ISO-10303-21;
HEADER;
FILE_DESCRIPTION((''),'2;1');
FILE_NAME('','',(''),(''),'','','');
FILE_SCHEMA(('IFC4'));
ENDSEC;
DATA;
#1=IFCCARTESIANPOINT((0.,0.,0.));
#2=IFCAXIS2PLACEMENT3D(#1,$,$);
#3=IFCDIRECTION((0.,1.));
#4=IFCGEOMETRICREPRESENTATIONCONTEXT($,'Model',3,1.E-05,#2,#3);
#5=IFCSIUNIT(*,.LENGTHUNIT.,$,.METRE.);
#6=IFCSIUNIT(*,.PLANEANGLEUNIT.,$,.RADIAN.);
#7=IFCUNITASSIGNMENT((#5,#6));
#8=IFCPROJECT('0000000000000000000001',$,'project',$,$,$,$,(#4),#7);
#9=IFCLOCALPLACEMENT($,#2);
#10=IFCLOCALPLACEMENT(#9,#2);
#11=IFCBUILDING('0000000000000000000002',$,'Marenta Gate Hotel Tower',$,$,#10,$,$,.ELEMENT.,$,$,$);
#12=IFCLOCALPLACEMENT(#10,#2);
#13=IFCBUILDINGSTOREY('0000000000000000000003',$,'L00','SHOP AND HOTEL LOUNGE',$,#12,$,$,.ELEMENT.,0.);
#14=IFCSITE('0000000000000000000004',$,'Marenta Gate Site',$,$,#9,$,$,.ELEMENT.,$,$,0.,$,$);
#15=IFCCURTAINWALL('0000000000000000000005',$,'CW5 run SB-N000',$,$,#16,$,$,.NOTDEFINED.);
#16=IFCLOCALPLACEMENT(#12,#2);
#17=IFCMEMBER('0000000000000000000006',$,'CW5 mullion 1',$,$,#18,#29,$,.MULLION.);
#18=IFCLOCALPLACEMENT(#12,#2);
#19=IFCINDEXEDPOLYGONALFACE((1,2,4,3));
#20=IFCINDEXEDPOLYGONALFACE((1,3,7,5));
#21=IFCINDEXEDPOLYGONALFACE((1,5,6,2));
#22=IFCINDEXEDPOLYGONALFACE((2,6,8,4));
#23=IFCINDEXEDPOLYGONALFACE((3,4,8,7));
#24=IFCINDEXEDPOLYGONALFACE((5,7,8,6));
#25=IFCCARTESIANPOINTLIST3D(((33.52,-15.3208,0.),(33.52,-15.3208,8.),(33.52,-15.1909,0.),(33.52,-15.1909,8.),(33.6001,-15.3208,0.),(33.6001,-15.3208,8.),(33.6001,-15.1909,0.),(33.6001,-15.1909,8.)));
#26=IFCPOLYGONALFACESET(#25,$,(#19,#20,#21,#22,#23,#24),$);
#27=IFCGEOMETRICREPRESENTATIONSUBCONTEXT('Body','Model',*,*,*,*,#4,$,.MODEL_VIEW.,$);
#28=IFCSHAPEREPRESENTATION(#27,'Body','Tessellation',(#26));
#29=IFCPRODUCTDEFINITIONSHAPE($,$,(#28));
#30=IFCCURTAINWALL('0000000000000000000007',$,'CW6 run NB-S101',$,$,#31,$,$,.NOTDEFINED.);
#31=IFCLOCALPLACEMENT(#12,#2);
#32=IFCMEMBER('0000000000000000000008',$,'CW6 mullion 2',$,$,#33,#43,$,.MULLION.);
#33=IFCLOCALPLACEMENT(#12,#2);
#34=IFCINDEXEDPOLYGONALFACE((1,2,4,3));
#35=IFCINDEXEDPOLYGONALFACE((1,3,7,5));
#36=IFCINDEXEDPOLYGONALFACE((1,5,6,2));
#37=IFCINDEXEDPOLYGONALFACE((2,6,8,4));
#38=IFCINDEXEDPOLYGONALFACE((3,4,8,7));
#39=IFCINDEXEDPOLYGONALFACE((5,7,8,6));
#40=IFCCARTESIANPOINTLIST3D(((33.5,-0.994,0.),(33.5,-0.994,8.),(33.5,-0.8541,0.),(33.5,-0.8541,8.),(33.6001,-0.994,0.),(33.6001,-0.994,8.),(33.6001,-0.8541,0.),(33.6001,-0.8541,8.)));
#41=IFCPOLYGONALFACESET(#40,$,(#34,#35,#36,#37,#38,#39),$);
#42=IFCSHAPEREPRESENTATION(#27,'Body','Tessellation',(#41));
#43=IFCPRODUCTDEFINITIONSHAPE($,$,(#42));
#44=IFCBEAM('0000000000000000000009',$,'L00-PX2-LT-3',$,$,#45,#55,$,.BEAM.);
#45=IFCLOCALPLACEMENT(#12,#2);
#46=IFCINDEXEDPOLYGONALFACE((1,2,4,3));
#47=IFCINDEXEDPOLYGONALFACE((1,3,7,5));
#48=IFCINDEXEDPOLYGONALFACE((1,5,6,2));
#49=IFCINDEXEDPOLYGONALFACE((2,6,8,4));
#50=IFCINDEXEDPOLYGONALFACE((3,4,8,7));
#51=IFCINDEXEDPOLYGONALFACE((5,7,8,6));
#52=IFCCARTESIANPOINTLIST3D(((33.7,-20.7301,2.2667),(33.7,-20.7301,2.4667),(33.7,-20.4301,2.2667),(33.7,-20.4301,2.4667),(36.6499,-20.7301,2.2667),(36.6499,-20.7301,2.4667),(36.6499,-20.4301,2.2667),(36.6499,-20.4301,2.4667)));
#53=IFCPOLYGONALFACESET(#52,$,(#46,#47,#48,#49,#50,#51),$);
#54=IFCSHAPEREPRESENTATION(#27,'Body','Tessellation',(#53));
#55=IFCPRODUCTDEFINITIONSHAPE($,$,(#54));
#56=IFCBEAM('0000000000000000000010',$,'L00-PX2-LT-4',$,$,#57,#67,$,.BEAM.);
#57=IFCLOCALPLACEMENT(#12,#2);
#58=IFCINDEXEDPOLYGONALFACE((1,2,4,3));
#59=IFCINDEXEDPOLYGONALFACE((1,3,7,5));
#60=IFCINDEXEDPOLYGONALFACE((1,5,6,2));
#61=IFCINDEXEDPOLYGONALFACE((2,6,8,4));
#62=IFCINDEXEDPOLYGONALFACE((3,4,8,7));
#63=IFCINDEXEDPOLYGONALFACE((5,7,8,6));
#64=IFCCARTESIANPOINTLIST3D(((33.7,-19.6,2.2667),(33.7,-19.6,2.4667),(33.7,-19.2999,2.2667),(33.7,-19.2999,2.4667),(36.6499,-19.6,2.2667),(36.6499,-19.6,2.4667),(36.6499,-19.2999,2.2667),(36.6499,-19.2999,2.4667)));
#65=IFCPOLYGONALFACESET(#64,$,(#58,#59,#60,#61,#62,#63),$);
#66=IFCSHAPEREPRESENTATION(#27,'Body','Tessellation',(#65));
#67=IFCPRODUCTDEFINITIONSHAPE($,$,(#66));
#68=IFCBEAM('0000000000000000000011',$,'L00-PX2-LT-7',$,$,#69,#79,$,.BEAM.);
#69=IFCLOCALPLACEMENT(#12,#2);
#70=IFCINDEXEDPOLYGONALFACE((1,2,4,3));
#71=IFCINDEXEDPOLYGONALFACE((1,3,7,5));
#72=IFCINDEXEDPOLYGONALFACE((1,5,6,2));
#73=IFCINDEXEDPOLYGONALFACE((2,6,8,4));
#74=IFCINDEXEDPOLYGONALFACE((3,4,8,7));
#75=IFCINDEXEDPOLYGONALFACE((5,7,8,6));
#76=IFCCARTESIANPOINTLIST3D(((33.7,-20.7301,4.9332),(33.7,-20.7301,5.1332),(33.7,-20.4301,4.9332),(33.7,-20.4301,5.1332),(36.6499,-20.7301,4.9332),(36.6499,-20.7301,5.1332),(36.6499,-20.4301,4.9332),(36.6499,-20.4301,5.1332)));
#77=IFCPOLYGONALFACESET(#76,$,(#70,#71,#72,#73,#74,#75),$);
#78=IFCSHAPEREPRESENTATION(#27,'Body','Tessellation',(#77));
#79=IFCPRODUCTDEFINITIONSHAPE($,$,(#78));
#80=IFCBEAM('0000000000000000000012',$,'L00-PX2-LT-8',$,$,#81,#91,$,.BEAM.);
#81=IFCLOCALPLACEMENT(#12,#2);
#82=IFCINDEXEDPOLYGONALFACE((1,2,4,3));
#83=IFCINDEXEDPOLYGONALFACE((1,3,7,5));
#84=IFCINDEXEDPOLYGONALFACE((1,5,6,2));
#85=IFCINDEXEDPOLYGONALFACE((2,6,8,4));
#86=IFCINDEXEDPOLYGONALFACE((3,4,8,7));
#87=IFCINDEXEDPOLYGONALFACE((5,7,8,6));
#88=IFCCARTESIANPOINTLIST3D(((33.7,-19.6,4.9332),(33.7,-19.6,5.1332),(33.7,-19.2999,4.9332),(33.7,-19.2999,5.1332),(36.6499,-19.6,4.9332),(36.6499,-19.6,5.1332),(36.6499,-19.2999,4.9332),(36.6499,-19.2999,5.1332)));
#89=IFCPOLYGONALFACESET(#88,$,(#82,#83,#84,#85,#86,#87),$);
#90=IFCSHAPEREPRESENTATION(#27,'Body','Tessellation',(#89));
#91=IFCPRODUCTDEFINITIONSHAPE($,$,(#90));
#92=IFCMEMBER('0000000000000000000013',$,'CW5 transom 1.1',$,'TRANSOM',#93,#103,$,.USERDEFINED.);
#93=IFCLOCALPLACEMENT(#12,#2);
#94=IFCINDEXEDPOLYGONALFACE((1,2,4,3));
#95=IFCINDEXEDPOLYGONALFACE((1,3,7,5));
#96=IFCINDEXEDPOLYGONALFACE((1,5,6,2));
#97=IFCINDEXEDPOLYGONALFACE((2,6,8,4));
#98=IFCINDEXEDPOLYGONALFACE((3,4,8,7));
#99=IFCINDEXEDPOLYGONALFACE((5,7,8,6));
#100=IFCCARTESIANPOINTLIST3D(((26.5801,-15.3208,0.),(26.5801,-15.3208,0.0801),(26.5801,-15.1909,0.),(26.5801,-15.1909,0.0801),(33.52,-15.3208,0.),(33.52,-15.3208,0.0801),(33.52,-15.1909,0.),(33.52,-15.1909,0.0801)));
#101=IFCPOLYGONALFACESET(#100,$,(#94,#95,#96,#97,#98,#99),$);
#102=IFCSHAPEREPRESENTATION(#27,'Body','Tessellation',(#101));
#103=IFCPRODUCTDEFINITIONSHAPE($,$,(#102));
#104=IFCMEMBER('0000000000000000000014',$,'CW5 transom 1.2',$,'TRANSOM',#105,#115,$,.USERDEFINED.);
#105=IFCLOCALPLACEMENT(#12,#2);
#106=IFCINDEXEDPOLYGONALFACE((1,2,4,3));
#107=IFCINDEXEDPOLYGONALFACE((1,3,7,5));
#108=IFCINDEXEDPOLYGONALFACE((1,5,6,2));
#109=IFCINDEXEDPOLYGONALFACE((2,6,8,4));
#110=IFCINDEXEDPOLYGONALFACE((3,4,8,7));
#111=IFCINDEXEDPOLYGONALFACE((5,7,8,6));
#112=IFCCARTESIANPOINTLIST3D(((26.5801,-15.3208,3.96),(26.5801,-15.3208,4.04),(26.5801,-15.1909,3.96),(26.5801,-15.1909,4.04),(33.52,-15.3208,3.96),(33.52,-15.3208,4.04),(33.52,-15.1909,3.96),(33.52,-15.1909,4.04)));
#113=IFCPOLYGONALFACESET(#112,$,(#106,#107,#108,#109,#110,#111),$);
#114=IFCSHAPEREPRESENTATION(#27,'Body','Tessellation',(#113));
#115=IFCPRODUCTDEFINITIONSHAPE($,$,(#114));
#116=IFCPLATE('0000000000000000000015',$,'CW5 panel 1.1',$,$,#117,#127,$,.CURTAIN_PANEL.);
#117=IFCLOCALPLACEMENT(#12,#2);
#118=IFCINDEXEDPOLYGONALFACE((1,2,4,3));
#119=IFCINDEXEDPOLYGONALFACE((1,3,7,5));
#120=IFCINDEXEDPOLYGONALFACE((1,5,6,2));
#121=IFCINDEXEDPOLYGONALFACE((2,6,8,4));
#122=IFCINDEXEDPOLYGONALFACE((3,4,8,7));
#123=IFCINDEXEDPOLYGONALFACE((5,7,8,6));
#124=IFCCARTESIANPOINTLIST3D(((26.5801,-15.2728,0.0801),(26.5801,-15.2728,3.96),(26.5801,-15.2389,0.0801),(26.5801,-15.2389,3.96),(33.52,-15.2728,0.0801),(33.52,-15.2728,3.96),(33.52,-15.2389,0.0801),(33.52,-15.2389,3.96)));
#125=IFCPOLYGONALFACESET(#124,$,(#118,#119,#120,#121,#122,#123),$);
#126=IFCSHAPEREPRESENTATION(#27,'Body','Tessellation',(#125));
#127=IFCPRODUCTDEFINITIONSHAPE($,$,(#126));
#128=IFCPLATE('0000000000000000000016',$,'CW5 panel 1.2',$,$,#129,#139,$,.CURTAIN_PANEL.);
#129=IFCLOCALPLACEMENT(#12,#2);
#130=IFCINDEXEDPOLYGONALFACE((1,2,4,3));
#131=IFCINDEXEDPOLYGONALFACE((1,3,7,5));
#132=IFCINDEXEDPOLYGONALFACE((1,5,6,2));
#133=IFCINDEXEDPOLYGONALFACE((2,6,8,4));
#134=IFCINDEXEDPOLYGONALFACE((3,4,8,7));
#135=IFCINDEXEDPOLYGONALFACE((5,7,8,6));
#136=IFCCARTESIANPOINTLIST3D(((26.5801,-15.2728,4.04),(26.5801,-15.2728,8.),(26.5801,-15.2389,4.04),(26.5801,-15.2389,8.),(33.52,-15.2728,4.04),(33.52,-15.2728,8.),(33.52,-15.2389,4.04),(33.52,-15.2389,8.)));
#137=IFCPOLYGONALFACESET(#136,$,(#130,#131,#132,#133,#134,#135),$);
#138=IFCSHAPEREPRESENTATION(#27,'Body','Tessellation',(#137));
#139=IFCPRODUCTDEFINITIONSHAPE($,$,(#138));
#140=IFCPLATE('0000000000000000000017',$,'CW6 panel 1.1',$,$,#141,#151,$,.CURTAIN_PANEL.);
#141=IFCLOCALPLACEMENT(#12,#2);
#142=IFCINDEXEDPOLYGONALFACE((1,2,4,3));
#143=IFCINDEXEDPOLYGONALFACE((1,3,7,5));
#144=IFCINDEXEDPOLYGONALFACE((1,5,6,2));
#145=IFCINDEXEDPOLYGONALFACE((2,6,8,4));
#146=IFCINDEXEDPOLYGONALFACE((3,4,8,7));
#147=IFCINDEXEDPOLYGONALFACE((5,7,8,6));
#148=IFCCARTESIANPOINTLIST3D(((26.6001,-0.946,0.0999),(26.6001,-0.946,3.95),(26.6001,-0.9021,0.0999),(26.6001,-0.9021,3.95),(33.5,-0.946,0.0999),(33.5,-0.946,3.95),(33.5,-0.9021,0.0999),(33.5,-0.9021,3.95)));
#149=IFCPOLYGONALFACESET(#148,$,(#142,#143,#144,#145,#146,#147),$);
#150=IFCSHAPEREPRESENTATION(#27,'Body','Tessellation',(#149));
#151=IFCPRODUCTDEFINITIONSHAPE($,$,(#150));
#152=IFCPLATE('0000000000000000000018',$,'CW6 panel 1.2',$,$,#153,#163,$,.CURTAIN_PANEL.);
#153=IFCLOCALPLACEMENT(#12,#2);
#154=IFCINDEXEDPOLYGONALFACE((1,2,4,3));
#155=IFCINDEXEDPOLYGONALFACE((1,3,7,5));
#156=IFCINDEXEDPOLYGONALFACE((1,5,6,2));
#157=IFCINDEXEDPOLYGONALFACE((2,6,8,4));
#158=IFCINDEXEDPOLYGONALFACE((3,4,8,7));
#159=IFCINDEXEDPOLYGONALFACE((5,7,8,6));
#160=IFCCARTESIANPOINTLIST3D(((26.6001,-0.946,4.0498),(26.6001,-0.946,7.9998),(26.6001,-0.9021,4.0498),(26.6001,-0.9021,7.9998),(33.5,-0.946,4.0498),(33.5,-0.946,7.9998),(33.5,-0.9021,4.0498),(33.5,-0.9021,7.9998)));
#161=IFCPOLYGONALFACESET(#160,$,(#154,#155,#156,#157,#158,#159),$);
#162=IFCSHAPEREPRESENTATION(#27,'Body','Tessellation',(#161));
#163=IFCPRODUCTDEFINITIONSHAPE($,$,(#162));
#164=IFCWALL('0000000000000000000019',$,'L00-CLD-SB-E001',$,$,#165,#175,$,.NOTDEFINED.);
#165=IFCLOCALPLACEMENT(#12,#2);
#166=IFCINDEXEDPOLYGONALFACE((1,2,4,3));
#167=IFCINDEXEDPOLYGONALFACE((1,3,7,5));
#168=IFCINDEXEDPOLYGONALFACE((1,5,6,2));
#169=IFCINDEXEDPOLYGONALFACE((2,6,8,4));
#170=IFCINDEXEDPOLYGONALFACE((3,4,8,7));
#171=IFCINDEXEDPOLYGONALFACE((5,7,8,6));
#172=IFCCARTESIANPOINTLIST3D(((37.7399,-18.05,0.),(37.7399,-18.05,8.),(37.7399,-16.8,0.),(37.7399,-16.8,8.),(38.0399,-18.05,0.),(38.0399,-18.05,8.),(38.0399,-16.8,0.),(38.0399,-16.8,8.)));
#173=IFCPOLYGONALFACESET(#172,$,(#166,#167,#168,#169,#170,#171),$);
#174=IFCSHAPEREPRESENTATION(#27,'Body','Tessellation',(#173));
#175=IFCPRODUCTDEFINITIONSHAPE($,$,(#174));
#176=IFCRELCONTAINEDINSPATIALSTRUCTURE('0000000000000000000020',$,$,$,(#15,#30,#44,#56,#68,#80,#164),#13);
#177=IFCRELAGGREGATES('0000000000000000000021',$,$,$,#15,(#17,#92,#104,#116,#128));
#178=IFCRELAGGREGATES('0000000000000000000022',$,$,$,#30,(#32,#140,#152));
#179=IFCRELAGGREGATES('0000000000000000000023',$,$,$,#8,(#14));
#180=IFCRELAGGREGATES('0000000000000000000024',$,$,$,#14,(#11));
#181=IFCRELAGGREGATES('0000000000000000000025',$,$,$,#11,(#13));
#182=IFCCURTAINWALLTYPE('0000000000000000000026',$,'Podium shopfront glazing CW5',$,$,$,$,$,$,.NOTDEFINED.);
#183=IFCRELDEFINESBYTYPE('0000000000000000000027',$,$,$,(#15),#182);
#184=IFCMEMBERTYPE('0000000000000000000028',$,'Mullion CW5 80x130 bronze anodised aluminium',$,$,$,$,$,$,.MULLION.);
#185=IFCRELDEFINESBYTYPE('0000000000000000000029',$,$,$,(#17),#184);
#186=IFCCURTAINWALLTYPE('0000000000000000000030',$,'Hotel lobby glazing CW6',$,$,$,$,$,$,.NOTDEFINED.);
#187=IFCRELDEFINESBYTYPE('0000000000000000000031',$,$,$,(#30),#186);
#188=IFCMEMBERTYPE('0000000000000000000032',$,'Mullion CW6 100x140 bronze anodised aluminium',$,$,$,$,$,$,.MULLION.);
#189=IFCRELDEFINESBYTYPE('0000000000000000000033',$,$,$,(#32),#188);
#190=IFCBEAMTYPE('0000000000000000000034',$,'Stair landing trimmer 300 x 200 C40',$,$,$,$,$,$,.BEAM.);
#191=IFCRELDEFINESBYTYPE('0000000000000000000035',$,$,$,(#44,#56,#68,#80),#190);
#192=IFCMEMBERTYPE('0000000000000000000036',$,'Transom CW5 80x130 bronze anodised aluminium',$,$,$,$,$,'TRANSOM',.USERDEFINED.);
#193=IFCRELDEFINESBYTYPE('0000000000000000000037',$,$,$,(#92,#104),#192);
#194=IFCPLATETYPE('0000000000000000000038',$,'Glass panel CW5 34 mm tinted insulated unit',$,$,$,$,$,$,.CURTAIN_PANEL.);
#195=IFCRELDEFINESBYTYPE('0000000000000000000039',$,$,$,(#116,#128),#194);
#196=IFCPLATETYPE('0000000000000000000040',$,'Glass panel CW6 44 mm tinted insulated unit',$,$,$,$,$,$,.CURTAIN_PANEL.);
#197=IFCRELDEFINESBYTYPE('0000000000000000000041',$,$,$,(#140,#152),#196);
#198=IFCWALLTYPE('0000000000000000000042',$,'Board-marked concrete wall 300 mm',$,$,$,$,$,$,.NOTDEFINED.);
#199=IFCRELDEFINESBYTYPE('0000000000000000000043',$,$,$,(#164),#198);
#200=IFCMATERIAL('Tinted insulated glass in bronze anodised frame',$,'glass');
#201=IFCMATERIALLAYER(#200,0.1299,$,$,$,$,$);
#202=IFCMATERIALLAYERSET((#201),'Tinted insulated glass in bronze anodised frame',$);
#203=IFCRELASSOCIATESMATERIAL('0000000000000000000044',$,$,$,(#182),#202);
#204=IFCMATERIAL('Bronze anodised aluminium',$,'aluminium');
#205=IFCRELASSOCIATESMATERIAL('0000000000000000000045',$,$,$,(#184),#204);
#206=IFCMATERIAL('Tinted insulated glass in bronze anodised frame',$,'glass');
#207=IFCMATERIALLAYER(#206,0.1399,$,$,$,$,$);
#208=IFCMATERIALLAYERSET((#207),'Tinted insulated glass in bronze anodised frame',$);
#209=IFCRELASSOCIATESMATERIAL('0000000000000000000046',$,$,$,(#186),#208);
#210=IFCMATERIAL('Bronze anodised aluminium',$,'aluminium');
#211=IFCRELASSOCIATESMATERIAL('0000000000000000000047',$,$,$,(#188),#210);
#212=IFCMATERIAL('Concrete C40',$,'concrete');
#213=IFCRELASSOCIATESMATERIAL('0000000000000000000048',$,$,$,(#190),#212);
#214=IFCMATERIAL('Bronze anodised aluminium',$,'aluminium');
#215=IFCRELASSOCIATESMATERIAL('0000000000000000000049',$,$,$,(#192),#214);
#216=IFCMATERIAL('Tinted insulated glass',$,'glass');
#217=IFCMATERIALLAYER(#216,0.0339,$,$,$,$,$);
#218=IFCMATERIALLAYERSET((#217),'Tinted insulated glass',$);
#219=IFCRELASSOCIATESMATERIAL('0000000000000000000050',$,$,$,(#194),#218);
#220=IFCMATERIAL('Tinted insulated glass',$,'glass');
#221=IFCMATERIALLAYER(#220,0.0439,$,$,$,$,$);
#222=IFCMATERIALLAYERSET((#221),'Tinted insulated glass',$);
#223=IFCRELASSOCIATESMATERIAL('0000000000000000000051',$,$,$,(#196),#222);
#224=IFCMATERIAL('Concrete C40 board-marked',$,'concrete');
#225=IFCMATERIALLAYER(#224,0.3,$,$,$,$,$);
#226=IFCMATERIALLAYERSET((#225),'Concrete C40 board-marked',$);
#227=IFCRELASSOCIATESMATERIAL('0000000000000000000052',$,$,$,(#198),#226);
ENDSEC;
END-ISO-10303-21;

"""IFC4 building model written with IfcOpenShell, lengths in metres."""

from ifc_helpers import new_model, si_unit, direction, frame, frame_2d, origin, origin_2d, place, context, subcontext, project, spatial, rectangle, extrude, material, layer, layer_set, material_profile, profile_set, type_object, element, aggregate, save


model = new_model("IFC4")

# Units and contexts
model_context = context("Model", 3, precision=1e-05, world=origin(), true_north=direction((0.0, 1.0)))
body_context = subcontext(model_context, "Body", "Model", "MODEL_VIEW")
ifc_project = project(units=[si_unit("LENGTHUNIT", "METRE"), si_unit("PLANEANGLEUNIT", "RADIAN")], contexts=[model_context])

# Site, building, storey
site_placement = place(None, origin())
site = spatial("IfcSite", under=ifc_project, at=site_placement, Name="Marenta Gate Site", CompositionType="ELEMENT", RefElevation=0.0)
building_placement = place(site_placement, origin())
building = spatial("IfcBuilding", under=site, at=building_placement, Name="Marenta Gate Hotel Tower", CompositionType="ELEMENT")
storey_placement = place(building_placement, origin())
storey = spatial("IfcBuildingStorey", under=building, at=storey_placement, Name="L00", Description="SHOP AND HOTEL LOUNGE", CompositionType="ELEMENT", Elevation=0.0)

# Curtain walls, members
ifc_material_1 = material(Name="Tinted insulated glass in bronze anodised frame", Category="glass")
ifc_layer_1 = layer(ifc_material_1, 0.1299)
ifc_layer_set_1 = layer_set([ifc_layer_1], Name="Tinted insulated glass in bronze anodised frame")
curtain_wall_type_1 = type_object("IfcCurtainWallType", Name="Podium shopfront glazing CW5", PredefinedType="NOTDEFINED", material=ifc_layer_set_1)
curtain_wall_1_placement = place(storey_placement, origin())
curtain_wall_1 = element("IfcCurtainWall", 1, at=curtain_wall_1_placement, inside=storey, type_object=curtain_wall_type_1, Name="CW5 run SB-N000", PredefinedType="NOTDEFINED")
ifc_material_2 = material(Name="Bronze anodised aluminium", Category="aluminium")
ifc_material_profile_1 = material_profile(ifc_material_2, rectangle(XDim=0.1299, YDim=0.0801, at=origin_2d()), Name="Mullion CW5 80x130 bronze anodised aluminium")
ifc_profile_set_1 = profile_set([ifc_material_profile_1], Name="Bronze anodised aluminium")
member_type_1 = type_object("IfcMemberType", Name="Mullion CW5 80x130 bronze anodised aluminium", PredefinedType="MULLION", material=ifc_profile_set_1)
member_1_placement = place(storey_placement, frame((33.5601, -15.2559, 0.0), z_axis=(0.0, 0.0, 1.0), x_axis=(0.0, -1.0, 0.0)))
member_1 = element("IfcMember", 2, at=member_1_placement, type_object=member_type_1, Name="CW5 mullion 1", PredefinedType="MULLION", context=body_context, shape_type="SweptSolid", body=[
    extrude(rectangle(XDim=0.1299, YDim=0.0801, at=origin_2d()), origin(), (0.0, 0.0, 1.0), 8.0),
])
ifc_material_3 = material(Name="Tinted insulated glass in bronze anodised frame", Category="glass")
ifc_layer_2 = layer(ifc_material_3, 0.1399)
ifc_layer_set_2 = layer_set([ifc_layer_2], Name="Tinted insulated glass in bronze anodised frame")
curtain_wall_type_2 = type_object("IfcCurtainWallType", Name="Hotel lobby glazing CW6", PredefinedType="NOTDEFINED", material=ifc_layer_set_2)
curtain_wall_2_placement = place(storey_placement, origin())
curtain_wall_2 = element("IfcCurtainWall", 3, at=curtain_wall_2_placement, inside=storey, type_object=curtain_wall_type_2, Name="CW6 run NB-S101", PredefinedType="NOTDEFINED")
ifc_material_4 = material(Name="Bronze anodised aluminium", Category="aluminium")
ifc_material_profile_2 = material_profile(ifc_material_4, rectangle(XDim=0.1399, YDim=0.1001, at=origin_2d()), Name="Mullion CW6 100x140 bronze anodised aluminium")
ifc_profile_set_2 = profile_set([ifc_material_profile_2], Name="Bronze anodised aluminium")
member_type_2 = type_object("IfcMemberType", Name="Mullion CW6 100x140 bronze anodised aluminium", PredefinedType="MULLION", material=ifc_profile_set_2)
member_2_placement = place(storey_placement, frame((33.55, -0.9241, 0.0), z_axis=(0.0, 0.0, 1.0), x_axis=(0.0, 1.0, 0.0)))
member_2 = element("IfcMember", 4, at=member_2_placement, type_object=member_type_2, Name="CW6 mullion 2", PredefinedType="MULLION", context=body_context, shape_type="SweptSolid", body=[
    extrude(rectangle(XDim=0.1399, YDim=0.1001, at=origin_2d()), origin(), (0.0, 0.0, 1.0), 8.0),
])

# Beams
ifc_material_5 = material(Name="Concrete C40", Category="concrete")
ifc_material_profile_3 = material_profile(ifc_material_5, rectangle(XDim=0.3, YDim=0.2, at=origin_2d()), Name="300 x 200")
ifc_profile_set_3 = profile_set([ifc_material_profile_3], Name="Concrete C40")
beam_type_1 = type_object("IfcBeamType", Name="Stair landing trimmer 300 x 200 C40", PredefinedType="BEAM", material=ifc_profile_set_3)
for number, where, z_axis, x_axis, name in (
    (5, (33.7, -20.5801, 2.3667), (1.0, 0.0, 0.0), (0.0, 1.0, 0.0), "L00-PX2-LT-3"),
    (6, (33.7, -19.45, 2.3667), (1.0, 0.0, 0.0), (0.0, 1.0, 0.0), "L00-PX2-LT-4"),
    (7, (33.7, -20.5801, 5.0332), (1.0, 0.0, 0.0), (0.0, 1.0, 0.0), "L00-PX2-LT-7"),
    (8, (33.7, -19.45, 5.0332), (1.0, 0.0, 0.0), (0.0, 1.0, 0.0), "L00-PX2-LT-8"),
):
    element("IfcBeam", number, at=place(storey_placement, frame(where, z_axis=z_axis, x_axis=x_axis)), inside=storey, type_object=beam_type_1, Name=name, PredefinedType="BEAM", context=body_context, shape_type="SweptSolid", body=[
        extrude(rectangle(XDim=0.3, YDim=0.2, at=origin_2d()), origin(), (0.0, 0.0, 1.0), 2.95),
    ])

# Members
ifc_material_6 = material(Name="Bronze anodised aluminium", Category="aluminium")
ifc_material_profile_4 = material_profile(ifc_material_6, rectangle(XDim=0.1299, YDim=0.0801, at=origin_2d()), Name="Transom CW5 80x130 bronze anodised aluminium")
ifc_profile_set_4 = profile_set([ifc_material_profile_4], Name="Bronze anodised aluminium")
member_type_3 = type_object("IfcMemberType", Name="Transom CW5 80x130 bronze anodised aluminium", ElementType="TRANSOM", PredefinedType="USERDEFINED", material=ifc_profile_set_4)
member_3_placement = place(storey_placement, frame((33.52, -15.2559, 0.04), z_axis=(-1.0, 0.0, 0.0), x_axis=(0.0, -1.0, 0.0)))
member_3 = element("IfcMember", 9, at=member_3_placement, type_object=member_type_3, Name="CW5 transom 1.1", ObjectType="TRANSOM", PredefinedType="USERDEFINED", context=body_context, shape_type="SweptSolid", body=[
    extrude(rectangle(XDim=0.1299, YDim=0.0801, at=origin_2d()), origin(), (0.0, 0.0, 1.0), 6.9399),
])
member_4_placement = place(storey_placement, frame((33.52, -15.2559, 4.0), z_axis=(-1.0, 0.0, 0.0), x_axis=(0.0, -1.0, 0.0)))
member_4 = element("IfcMember", 10, at=member_4_placement, type_object=member_type_3, Name="CW5 transom 1.2", ObjectType="TRANSOM", PredefinedType="USERDEFINED", context=body_context, shape_type="SweptSolid", body=[
    extrude(rectangle(XDim=0.1299, YDim=0.0801, at=origin_2d()), origin(), (0.0, 0.0, 1.0), 6.9399),
])

# Plates
ifc_material_7 = material(Name="Tinted insulated glass", Category="glass")
ifc_layer_3 = layer(ifc_material_7, 0.0339)
ifc_layer_set_3 = layer_set([ifc_layer_3], Name="Tinted insulated glass")
plate_type_1 = type_object("IfcPlateType", Name="Glass panel CW5 34 mm tinted insulated unit", PredefinedType="CURTAIN_PANEL", material=ifc_layer_set_3)
plate_1_placement = place(storey_placement, frame((30.05, -15.2559, 0.0801), z_axis=(0.0, 0.0, 1.0), x_axis=(-1.0, 0.0, 0.0)))
plate_1 = element("IfcPlate", 11, at=plate_1_placement, type_object=plate_type_1, Name="CW5 panel 1.1", PredefinedType="CURTAIN_PANEL", context=body_context, shape_type="SweptSolid", body=[
    extrude(rectangle(XDim=6.9399, YDim=0.0339, at=origin_2d()), origin(), (0.0, 0.0, 1.0), 3.8799),
])
plate_2_placement = place(storey_placement, frame((30.05, -15.2559, 4.04), z_axis=(0.0, 0.0, 1.0), x_axis=(-1.0, 0.0, 0.0)))
plate_2 = element("IfcPlate", 12, at=plate_2_placement, type_object=plate_type_1, Name="CW5 panel 1.2", PredefinedType="CURTAIN_PANEL", context=body_context, shape_type="SweptSolid", body=[
    extrude(rectangle(XDim=6.9399, YDim=0.0339, at=origin_2d()), origin(), (0.0, 0.0, 1.0), 3.96),
])
aggregate(curtain_wall_1, [member_1, member_3, member_4, plate_1, plate_2])
ifc_material_8 = material(Name="Tinted insulated glass", Category="glass")
ifc_layer_4 = layer(ifc_material_8, 0.0439)
ifc_layer_set_4 = layer_set([ifc_layer_4], Name="Tinted insulated glass")
plate_type_2 = type_object("IfcPlateType", Name="Glass panel CW6 44 mm tinted insulated unit", PredefinedType="CURTAIN_PANEL", material=ifc_layer_set_4)
plate_3_placement = place(storey_placement, frame((30.05, -0.9241, 0.0999), z_axis=(0.0, 0.0, 1.0), x_axis=(1.0, 0.0, 0.0)))
plate_3 = element("IfcPlate", 13, at=plate_3_placement, type_object=plate_type_2, Name="CW6 panel 1.1", PredefinedType="CURTAIN_PANEL", context=body_context, shape_type="SweptSolid", body=[
    extrude(rectangle(XDim=6.8999, YDim=0.0439, at=origin_2d()), origin(), (0.0, 0.0, 1.0), 3.8501),
])
plate_4_placement = place(storey_placement, frame((30.05, -0.9241, 4.0498), z_axis=(0.0, 0.0, 1.0), x_axis=(1.0, 0.0, 0.0)))
plate_4 = element("IfcPlate", 14, at=plate_4_placement, type_object=plate_type_2, Name="CW6 panel 1.2", PredefinedType="CURTAIN_PANEL", context=body_context, shape_type="SweptSolid", body=[
    extrude(rectangle(XDim=6.8999, YDim=0.0439, at=origin_2d()), origin(), (0.0, 0.0, 1.0), 3.95),
])
aggregate(curtain_wall_2, [member_2, plate_3, plate_4])

# Wall
ifc_material_9 = material(Name="Concrete C40 board-marked", Category="concrete")
ifc_layer_5 = layer(ifc_material_9, 0.3)
ifc_layer_set_5 = layer_set([ifc_layer_5], Name="Concrete C40 board-marked")
wall_type_1 = type_object("IfcWallType", Name="Board-marked concrete wall 300 mm", PredefinedType="NOTDEFINED", material=ifc_layer_set_5)
wall_1_placement = place(storey_placement, frame((37.8899, -18.05, 0.0), z_axis=(0.0, 0.0, 1.0), x_axis=(0.0, 1.0, 0.0)))
element("IfcWall", 15, at=wall_1_placement, inside=storey, type_object=wall_type_1, Name="L00-CLD-SB-E001", PredefinedType="NOTDEFINED", context=body_context, shape_type="SweptSolid", body=[
    extrude(rectangle(XDim=1.25, YDim=0.3, at=frame_2d((0.625, 0.0))), origin(), (0.0, 0.0, 1.0), 8.0),
])

save(model, "model.ifc")
